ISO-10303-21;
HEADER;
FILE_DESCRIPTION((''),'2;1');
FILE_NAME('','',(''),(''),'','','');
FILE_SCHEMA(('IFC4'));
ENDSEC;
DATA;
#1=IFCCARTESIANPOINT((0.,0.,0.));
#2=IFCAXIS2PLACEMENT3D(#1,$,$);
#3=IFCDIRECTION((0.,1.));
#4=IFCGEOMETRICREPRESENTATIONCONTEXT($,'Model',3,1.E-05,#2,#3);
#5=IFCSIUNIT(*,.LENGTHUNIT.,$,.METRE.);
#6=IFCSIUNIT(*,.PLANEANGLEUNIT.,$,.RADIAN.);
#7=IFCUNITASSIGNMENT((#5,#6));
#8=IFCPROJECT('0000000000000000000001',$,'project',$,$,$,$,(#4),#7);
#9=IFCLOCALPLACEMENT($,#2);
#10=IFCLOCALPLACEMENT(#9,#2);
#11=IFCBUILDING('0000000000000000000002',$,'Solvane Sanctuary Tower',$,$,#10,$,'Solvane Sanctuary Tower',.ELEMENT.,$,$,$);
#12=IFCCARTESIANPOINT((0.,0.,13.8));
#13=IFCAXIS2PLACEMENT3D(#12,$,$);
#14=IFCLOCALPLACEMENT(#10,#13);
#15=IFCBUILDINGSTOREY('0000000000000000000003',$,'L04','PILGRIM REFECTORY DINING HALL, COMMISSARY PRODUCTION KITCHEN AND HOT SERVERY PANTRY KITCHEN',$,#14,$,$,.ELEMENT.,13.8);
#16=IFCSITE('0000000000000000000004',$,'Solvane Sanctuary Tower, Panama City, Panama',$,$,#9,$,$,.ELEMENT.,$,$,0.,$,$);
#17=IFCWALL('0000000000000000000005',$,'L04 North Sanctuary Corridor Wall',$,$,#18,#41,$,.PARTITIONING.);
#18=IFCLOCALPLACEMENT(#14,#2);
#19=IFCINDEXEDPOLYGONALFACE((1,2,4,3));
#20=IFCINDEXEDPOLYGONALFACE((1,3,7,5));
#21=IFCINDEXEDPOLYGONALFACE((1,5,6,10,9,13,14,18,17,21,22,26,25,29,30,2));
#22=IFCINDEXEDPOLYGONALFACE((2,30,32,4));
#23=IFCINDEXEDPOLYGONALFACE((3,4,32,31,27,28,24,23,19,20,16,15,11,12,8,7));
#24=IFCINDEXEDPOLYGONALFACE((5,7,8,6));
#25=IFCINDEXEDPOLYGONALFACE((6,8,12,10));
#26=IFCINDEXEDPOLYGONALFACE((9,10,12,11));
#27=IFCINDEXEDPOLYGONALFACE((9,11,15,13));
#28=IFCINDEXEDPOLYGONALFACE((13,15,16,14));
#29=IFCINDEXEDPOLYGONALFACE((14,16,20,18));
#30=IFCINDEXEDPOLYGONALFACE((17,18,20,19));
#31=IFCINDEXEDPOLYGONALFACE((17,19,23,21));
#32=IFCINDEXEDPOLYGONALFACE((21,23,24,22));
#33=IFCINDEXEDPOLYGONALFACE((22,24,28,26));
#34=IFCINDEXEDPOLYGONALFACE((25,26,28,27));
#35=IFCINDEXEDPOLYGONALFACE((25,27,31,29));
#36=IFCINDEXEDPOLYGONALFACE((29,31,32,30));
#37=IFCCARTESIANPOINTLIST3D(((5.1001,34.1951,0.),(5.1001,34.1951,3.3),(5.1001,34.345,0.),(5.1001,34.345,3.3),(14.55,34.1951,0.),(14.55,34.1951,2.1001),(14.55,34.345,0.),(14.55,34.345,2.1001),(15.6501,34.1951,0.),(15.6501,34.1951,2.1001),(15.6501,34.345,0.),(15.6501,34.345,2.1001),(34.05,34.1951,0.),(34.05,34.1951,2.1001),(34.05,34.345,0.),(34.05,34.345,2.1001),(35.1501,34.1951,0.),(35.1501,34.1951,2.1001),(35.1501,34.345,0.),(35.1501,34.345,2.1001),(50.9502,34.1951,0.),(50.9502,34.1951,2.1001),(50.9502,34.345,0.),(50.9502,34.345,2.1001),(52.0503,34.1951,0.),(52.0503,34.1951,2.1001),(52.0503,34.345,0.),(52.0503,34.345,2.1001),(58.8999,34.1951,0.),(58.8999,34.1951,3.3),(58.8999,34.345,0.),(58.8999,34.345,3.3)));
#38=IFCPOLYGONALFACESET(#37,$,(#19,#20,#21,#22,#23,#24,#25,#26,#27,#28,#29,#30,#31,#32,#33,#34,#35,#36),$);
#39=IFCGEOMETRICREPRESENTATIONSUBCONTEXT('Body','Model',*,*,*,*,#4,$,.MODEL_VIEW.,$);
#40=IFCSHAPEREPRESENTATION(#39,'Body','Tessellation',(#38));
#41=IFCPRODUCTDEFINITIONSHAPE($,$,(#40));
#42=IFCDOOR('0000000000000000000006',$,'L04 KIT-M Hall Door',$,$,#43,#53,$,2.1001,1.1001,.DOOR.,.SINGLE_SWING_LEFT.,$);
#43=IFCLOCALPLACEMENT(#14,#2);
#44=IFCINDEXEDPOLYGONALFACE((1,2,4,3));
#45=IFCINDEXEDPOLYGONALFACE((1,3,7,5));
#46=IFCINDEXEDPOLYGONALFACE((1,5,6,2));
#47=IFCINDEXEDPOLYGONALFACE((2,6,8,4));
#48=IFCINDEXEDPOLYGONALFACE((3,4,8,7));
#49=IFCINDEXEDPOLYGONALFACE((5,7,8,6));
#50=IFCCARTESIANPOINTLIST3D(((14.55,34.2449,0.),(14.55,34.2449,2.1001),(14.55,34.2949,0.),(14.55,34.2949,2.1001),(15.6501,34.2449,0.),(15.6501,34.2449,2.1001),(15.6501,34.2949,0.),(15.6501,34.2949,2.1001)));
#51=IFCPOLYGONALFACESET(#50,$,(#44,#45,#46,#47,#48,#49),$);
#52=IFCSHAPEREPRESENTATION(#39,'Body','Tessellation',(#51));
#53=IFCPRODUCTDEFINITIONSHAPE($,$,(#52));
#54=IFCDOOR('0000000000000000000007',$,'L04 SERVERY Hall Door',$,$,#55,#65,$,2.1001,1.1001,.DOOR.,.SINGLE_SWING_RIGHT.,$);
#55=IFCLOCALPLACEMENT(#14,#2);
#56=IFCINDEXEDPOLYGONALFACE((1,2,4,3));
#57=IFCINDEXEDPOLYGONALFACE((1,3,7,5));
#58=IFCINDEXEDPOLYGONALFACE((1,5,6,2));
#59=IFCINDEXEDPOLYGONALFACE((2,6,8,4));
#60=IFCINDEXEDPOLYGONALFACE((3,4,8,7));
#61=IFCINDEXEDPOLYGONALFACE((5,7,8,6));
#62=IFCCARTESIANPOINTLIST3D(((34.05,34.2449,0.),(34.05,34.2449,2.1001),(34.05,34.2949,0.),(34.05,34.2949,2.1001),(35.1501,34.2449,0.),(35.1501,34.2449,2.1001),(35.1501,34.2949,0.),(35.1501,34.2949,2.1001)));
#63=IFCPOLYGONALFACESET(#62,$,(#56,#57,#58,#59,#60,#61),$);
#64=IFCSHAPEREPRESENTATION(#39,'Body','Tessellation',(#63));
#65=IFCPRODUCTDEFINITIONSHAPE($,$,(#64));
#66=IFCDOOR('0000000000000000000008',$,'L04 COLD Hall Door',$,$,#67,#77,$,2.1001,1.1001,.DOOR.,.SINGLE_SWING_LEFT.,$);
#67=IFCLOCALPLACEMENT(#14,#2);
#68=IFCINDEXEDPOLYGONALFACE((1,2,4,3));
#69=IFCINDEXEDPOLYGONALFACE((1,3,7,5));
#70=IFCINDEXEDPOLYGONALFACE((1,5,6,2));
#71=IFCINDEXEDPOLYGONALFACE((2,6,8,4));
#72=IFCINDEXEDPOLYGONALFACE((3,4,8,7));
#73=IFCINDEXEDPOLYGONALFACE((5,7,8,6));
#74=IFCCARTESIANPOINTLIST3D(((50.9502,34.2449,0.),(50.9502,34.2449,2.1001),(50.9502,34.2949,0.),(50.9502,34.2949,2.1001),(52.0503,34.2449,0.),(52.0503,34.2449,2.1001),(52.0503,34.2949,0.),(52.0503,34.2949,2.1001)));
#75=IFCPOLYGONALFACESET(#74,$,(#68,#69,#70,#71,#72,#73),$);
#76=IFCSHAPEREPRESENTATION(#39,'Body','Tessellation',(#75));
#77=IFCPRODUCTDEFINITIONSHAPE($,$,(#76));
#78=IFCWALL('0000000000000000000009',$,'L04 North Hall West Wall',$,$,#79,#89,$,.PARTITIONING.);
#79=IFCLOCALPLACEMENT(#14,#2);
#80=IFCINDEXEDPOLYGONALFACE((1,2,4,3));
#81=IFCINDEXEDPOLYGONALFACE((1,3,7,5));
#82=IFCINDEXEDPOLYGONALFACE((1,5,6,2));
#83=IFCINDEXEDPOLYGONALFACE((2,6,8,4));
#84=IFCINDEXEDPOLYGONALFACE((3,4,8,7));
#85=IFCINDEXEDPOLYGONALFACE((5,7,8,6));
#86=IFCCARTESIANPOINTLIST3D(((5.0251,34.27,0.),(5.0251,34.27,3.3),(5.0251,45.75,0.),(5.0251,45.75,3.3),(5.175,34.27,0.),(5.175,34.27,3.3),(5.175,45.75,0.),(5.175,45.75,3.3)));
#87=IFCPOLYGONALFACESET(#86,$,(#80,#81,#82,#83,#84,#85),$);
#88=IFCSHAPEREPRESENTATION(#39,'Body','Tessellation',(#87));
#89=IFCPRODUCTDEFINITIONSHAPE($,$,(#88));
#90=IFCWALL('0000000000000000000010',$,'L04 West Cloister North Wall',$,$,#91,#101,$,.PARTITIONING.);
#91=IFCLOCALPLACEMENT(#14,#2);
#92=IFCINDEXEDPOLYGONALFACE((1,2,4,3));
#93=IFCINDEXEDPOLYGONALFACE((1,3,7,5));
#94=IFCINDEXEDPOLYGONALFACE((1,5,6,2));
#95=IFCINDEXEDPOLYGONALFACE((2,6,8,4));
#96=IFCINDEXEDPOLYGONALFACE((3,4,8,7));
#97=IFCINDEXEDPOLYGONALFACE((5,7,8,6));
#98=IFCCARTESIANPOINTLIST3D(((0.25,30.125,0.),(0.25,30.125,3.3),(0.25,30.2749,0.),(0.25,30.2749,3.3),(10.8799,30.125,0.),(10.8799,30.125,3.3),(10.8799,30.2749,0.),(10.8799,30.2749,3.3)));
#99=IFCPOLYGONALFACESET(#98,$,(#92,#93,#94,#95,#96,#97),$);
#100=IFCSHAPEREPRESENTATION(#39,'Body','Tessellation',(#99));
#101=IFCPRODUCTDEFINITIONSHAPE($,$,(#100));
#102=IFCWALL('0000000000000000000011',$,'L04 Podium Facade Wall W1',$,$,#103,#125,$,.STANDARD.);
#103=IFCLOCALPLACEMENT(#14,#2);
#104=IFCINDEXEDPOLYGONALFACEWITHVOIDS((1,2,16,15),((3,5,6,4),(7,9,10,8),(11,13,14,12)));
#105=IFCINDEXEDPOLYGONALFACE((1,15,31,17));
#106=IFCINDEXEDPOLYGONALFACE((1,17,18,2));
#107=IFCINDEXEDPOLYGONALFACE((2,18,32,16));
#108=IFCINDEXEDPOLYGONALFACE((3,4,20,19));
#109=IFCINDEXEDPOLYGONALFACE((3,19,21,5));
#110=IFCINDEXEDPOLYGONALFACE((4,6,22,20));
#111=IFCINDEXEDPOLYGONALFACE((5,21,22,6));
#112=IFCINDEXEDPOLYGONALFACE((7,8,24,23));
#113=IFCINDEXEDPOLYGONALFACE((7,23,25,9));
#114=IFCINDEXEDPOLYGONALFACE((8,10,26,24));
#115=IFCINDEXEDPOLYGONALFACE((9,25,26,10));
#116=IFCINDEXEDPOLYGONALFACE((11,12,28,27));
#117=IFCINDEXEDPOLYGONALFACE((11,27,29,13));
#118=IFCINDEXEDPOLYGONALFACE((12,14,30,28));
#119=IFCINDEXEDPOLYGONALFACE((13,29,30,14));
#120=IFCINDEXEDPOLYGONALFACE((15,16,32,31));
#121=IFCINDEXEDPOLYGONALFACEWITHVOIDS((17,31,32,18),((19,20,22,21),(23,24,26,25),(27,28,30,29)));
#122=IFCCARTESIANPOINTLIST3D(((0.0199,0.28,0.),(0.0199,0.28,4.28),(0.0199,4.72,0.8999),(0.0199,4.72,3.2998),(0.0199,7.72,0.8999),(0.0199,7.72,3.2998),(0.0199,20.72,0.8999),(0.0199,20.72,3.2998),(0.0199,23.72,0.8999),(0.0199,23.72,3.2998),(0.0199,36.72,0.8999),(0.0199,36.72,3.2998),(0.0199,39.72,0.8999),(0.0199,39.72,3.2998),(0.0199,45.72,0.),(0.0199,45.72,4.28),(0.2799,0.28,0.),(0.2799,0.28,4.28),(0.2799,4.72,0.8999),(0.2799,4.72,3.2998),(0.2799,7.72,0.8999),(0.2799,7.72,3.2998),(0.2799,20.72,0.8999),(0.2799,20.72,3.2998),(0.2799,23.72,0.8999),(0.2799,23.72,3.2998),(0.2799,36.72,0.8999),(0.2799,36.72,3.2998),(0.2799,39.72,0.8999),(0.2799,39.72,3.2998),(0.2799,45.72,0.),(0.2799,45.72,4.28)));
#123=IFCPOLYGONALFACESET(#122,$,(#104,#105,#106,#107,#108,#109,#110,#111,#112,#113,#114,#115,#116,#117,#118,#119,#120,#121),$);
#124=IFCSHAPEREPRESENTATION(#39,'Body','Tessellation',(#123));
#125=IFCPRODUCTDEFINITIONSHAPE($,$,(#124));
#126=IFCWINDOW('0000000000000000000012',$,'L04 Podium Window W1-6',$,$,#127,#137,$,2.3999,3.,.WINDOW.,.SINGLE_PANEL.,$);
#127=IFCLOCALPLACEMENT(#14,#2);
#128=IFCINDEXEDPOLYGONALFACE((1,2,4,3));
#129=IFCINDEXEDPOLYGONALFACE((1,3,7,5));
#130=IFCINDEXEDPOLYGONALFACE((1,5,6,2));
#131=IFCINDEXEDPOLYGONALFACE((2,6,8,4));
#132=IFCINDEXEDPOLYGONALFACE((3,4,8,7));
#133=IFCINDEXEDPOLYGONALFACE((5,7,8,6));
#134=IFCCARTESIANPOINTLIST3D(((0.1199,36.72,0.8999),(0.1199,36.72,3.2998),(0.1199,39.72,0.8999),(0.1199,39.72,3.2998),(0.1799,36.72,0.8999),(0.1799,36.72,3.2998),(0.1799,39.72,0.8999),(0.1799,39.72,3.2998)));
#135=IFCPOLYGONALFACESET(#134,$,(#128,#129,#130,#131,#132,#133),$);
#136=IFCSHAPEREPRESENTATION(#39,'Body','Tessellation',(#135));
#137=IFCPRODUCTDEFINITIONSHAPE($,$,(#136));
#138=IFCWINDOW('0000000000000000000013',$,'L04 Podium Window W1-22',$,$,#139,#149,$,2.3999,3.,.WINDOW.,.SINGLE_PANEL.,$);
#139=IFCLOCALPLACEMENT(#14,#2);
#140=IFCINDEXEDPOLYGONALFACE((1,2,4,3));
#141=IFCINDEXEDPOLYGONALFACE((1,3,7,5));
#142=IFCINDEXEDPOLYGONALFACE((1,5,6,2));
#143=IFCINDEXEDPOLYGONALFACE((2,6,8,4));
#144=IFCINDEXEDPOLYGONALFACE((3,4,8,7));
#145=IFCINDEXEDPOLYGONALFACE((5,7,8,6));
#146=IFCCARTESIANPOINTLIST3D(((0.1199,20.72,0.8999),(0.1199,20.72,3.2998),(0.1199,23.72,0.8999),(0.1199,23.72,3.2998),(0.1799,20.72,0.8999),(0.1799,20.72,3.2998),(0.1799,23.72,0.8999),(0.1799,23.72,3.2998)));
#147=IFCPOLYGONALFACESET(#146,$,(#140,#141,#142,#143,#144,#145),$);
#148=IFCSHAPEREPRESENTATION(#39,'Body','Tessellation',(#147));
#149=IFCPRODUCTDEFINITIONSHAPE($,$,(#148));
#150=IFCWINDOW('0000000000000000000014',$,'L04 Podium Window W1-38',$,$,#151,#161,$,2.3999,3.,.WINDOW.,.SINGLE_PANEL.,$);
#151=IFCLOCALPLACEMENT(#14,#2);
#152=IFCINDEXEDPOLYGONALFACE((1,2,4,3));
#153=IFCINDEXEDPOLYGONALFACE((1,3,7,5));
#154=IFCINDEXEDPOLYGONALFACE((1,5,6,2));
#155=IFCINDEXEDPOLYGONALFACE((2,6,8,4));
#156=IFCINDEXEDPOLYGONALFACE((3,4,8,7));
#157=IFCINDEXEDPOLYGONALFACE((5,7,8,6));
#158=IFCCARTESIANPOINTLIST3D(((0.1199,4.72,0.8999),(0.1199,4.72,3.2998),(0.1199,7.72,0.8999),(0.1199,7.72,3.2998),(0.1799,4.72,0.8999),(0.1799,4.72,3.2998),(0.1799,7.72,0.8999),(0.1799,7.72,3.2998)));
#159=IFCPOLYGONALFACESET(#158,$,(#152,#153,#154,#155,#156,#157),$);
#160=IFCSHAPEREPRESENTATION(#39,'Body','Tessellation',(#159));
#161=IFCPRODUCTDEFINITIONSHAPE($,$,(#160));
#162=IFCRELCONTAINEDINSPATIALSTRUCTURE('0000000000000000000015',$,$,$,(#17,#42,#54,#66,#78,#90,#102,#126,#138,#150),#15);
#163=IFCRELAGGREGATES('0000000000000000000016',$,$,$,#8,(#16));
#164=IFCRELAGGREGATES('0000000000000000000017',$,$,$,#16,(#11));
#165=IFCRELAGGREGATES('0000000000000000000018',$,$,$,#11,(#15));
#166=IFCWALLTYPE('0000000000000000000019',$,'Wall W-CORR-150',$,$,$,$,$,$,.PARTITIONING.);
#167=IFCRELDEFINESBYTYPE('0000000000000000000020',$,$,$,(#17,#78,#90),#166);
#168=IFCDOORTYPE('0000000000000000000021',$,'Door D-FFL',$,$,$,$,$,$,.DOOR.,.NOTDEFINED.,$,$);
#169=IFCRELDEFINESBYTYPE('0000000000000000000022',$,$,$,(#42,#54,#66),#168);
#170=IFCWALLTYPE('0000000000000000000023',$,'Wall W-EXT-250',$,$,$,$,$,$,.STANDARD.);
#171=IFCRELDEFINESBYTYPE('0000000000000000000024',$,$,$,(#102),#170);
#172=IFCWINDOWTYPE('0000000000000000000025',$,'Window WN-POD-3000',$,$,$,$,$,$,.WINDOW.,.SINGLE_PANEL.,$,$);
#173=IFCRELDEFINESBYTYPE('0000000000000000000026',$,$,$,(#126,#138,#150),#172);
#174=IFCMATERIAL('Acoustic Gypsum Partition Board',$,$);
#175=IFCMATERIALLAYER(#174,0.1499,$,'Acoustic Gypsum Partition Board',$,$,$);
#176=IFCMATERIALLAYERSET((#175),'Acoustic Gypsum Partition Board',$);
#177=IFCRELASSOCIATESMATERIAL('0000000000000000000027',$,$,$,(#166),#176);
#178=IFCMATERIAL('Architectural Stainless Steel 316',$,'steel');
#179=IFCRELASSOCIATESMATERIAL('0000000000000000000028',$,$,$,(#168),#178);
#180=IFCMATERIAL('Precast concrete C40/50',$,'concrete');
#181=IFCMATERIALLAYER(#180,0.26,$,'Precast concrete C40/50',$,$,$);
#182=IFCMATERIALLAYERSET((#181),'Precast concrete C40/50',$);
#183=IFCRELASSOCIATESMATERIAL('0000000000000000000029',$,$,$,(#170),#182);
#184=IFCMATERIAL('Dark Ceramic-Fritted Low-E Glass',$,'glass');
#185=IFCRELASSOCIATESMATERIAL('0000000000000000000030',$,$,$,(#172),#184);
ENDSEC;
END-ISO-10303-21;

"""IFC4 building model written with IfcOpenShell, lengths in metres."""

from ifc_helpers import new_model, si_unit, direction, frame, frame_2d, origin, place, context, subcontext, project, spatial, rectangle, extrude, material, layer, layer_set, type_object, element, fill, save


model = new_model("IFC4")

# Units and contexts
model_context = context("Model", 3, precision=1e-05, world=origin(), true_north=direction((0.0, 1.0)))
body_context = subcontext(model_context, "Body", "Model", "MODEL_VIEW")
ifc_project = project(units=[si_unit("LENGTHUNIT", "METRE"), si_unit("PLANEANGLEUNIT", "RADIAN")], contexts=[model_context])

# Site, building, storey
site_placement = place(None, origin())
site = spatial("IfcSite", under=ifc_project, at=site_placement, Name="Solvane Sanctuary Tower, Panama City, Panama", CompositionType="ELEMENT", RefElevation=0.0)
building_placement = place(site_placement, origin())
building = spatial("IfcBuilding", under=site, at=building_placement, Name="Solvane Sanctuary Tower", LongName="Solvane Sanctuary Tower", CompositionType="ELEMENT")
storey_placement = place(building_placement, frame((0.0, 0.0, 13.8)))
storey = spatial("IfcBuildingStorey", under=building, at=storey_placement, Name="L04", Description="PILGRIM REFECTORY DINING HALL, COMMISSARY PRODUCTION KITCHEN AND HOT SERVERY PANTRY KITCHEN", CompositionType="ELEMENT", Elevation=13.8)

# Wall, openings, doors
ifc_material_1 = material(Name="Acoustic Gypsum Partition Board")
ifc_layer_1 = layer(ifc_material_1, 0.1499, Name="Acoustic Gypsum Partition Board")
ifc_layer_set_1 = layer_set([ifc_layer_1], Name="Acoustic Gypsum Partition Board")
wall_type_1 = type_object("IfcWallType", Name="Wall W-CORR-150", PredefinedType="PARTITIONING", material=ifc_layer_set_1)
wall_1_placement = place(storey_placement, frame((5.1001, 34.27, 0.0), z_axis=(0.0, 0.0, 1.0), x_axis=(1.0, 0.0, 0.0)))
wall_1 = element("IfcWall", 1, at=wall_1_placement, inside=storey, type_object=wall_type_1, Name="L04 North Sanctuary Corridor Wall", PredefinedType="PARTITIONING", context=body_context, shape_type="SweptSolid", body=[
    extrude(rectangle(XDim=53.7998, YDim=0.1499, at=frame_2d((26.8999, 0.0))), origin(), (0.0, 0.0, 1.0), 3.3),
])
opening_1_placement = place(wall_1_placement, frame((9.45, 0.0, 0.0)))
opening_1 = element("IfcOpeningElement", 2, at=opening_1_placement, cuts=wall_1, PredefinedType="OPENING", context=body_context, shape_type="SweptSolid", body=[
    extrude(rectangle(XDim=1.1001, YDim=2.1001, at=frame_2d((0.55, 1.05))), frame((0.0, 0.085, 0.0), z_axis=(0.0, -1.0, 0.0), x_axis=(1.0, 0.0, 0.0)), (0.0, 0.0, 1.0), 0.1699),
])
opening_2_placement = place(wall_1_placement, frame((28.95, 0.0, 0.0)))
opening_2 = element("IfcOpeningElement", 3, at=opening_2_placement, cuts=wall_1, PredefinedType="OPENING", context=body_context, shape_type="SweptSolid", body=[
    extrude(rectangle(XDim=1.1001, YDim=2.1001, at=frame_2d((0.55, 1.05))), frame((0.0, 0.085, 0.0), z_axis=(0.0, -1.0, 0.0), x_axis=(1.0, 0.0, 0.0)), (0.0, 0.0, 1.0), 0.1699),
])
opening_3_placement = place(wall_1_placement, frame((45.8501, 0.0, 0.0)))
opening_3 = element("IfcOpeningElement", 4, at=opening_3_placement, cuts=wall_1, PredefinedType="OPENING", context=body_context, shape_type="SweptSolid", body=[
    extrude(rectangle(XDim=1.1001, YDim=2.1001, at=frame_2d((0.55, 1.05))), frame((0.0, 0.085, 0.0), z_axis=(0.0, -1.0, 0.0), x_axis=(1.0, 0.0, 0.0)), (0.0, 0.0, 1.0), 0.1699),
])
ifc_material_2 = material(Name="Architectural Stainless Steel 316", Category="steel")
door_type_1 = type_object("IfcDoorType", Name="Door D-FFL", OperationType="NOTDEFINED", PredefinedType="DOOR", material=ifc_material_2)
door_1_placement = place(opening_1_placement, origin())
door_1 = element("IfcDoor", 5, at=door_1_placement, inside=storey, type_object=door_type_1, Name="L04 KIT-M Hall Door", OperationType="SINGLE_SWING_LEFT", OverallHeight=2.1001, OverallWidth=1.1001, PredefinedType="DOOR", context=body_context, shape_type="SweptSolid", body=[
    extrude(rectangle(XDim=1.1001, YDim=2.1001, at=frame_2d((0.55, 1.05))), frame((0.0, 0.0249, 0.0), z_axis=(0.0, -1.0, 0.0), x_axis=(1.0, 0.0, 0.0)), (0.0, 0.0, 1.0), 0.05),
])
fill(opening_1, door_1)
door_2_placement = place(opening_2_placement, origin())
door_2 = element("IfcDoor", 6, at=door_2_placement, inside=storey, type_object=door_type_1, Name="L04 SERVERY Hall Door", OperationType="SINGLE_SWING_RIGHT", OverallHeight=2.1001, OverallWidth=1.1001, PredefinedType="DOOR", context=body_context, shape_type="SweptSolid", body=[
    extrude(rectangle(XDim=1.1001, YDim=2.1001, at=frame_2d((0.55, 1.05))), frame((0.0, 0.0249, 0.0), z_axis=(0.0, -1.0, 0.0), x_axis=(1.0, 0.0, 0.0)), (0.0, 0.0, 1.0), 0.05),
])
fill(opening_2, door_2)
door_3_placement = place(opening_3_placement, origin())
door_3 = element("IfcDoor", 7, at=door_3_placement, inside=storey, type_object=door_type_1, Name="L04 COLD Hall Door", OperationType="SINGLE_SWING_LEFT", OverallHeight=2.1001, OverallWidth=1.1001, PredefinedType="DOOR", context=body_context, shape_type="SweptSolid", body=[
    extrude(rectangle(XDim=1.1001, YDim=2.1001, at=frame_2d((0.55, 1.05))), frame((0.0, 0.0249, 0.0), z_axis=(0.0, -1.0, 0.0), x_axis=(1.0, 0.0, 0.0)), (0.0, 0.0, 1.0), 0.05),
])
fill(opening_3, door_3)

# Walls
wall_2_placement = place(storey_placement, frame((5.1001, 34.27, 0.0), z_axis=(0.0, 0.0, 1.0), x_axis=(0.0, 1.0, 0.0)))
element("IfcWall", 8, at=wall_2_placement, inside=storey, type_object=wall_type_1, Name="L04 North Hall West Wall", PredefinedType="PARTITIONING", context=body_context, shape_type="SweptSolid", body=[
    extrude(rectangle(XDim=11.48, YDim=0.1499, at=frame_2d((5.74, 0.0))), origin(), (0.0, 0.0, 1.0), 3.3),
])
wall_3_placement = place(storey_placement, frame((0.25, 30.2, 0.0), z_axis=(0.0, 0.0, 1.0), x_axis=(1.0, 0.0, 0.0)))
element("IfcWall", 9, at=wall_3_placement, inside=storey, type_object=wall_type_1, Name="L04 West Cloister North Wall", PredefinedType="PARTITIONING", context=body_context, shape_type="SweptSolid", body=[
    extrude(rectangle(XDim=10.6299, YDim=0.1499, at=frame_2d((5.3149, 0.0))), origin(), (0.0, 0.0, 1.0), 3.3),
])

# Wall, openings, windows
ifc_material_3 = material(Name="Precast concrete C40/50", Category="concrete")
ifc_layer_2 = layer(ifc_material_3, 0.26, Name="Precast concrete C40/50")
ifc_layer_set_2 = layer_set([ifc_layer_2], Name="Precast concrete C40/50")
wall_type_2 = type_object("IfcWallType", Name="Wall W-EXT-250", PredefinedType="STANDARD", material=ifc_layer_set_2)
wall_4_placement = place(storey_placement, frame((0.1499, 45.72, 0.0), z_axis=(0.0, 0.0, 1.0), x_axis=(0.0, -1.0, 0.0)))
wall_4 = element("IfcWall", 10, at=wall_4_placement, inside=storey, type_object=wall_type_2, Name="L04 Podium Facade Wall W1", PredefinedType="STANDARD", context=body_context, shape_type="SweptSolid", body=[
    extrude(rectangle(XDim=45.4399, YDim=0.26, at=frame_2d((22.72, 0.0))), origin(), (0.0, 0.0, 1.0), 4.28),
])
opening_4_placement = place(wall_4_placement, frame((6.0, 0.0, 0.8999)))
opening_4 = element("IfcOpeningElement", 11, at=opening_4_placement, cuts=wall_4, PredefinedType="OPENING", context=body_context, shape_type="SweptSolid", body=[
    extrude(rectangle(XDim=3.0, YDim=2.3999, at=frame_2d((1.5, 1.2))), frame((0.0, 0.1399, 0.0), z_axis=(0.0, -1.0, 0.0), x_axis=(1.0, 0.0, 0.0)), (0.0, 0.0, 1.0), 0.28),
])
opening_5_placement = place(wall_4_placement, frame((22.0, 0.0, 0.8999)))
opening_5 = element("IfcOpeningElement", 12, at=opening_5_placement, cuts=wall_4, PredefinedType="OPENING", context=body_context, shape_type="SweptSolid", body=[
    extrude(rectangle(XDim=3.0, YDim=2.3999, at=frame_2d((1.5, 1.2))), frame((0.0, 0.1399, 0.0), z_axis=(0.0, -1.0, 0.0), x_axis=(1.0, 0.0, 0.0)), (0.0, 0.0, 1.0), 0.28),
])
opening_6_placement = place(wall_4_placement, frame((38.0, 0.0, 0.8999)))
opening_6 = element("IfcOpeningElement", 13, at=opening_6_placement, cuts=wall_4, PredefinedType="OPENING", context=body_context, shape_type="SweptSolid", body=[
    extrude(rectangle(XDim=3.0, YDim=2.3999, at=frame_2d((1.5, 1.2))), frame((0.0, 0.1399, 0.0), z_axis=(0.0, -1.0, 0.0), x_axis=(1.0, 0.0, 0.0)), (0.0, 0.0, 1.0), 0.28),
])
ifc_material_4 = material(Name="Dark Ceramic-Fritted Low-E Glass", Category="glass")
window_type = type_object("IfcWindowType", Name="Window WN-POD-3000", PartitioningType="SINGLE_PANEL", PredefinedType="WINDOW", material=ifc_material_4)
window_1_placement = place(opening_4_placement, origin())
window_1 = element("IfcWindow", 14, at=window_1_placement, inside=storey, type_object=window_type, Name="L04 Podium Window W1-6", OverallHeight=2.3999, OverallWidth=3.0, PartitioningType="SINGLE_PANEL", PredefinedType="WINDOW", context=body_context, shape_type="SweptSolid", body=[
    extrude(rectangle(XDim=3.0, YDim=2.3999, at=frame_2d((1.5, 1.2))), frame((0.0, 0.03, 0.0), z_axis=(0.0, -1.0, 0.0), x_axis=(1.0, 0.0, 0.0)), (0.0, 0.0, 1.0), 0.0601),
])
fill(opening_4, window_1)
window_2_placement = place(opening_5_placement, origin())
window_2 = element("IfcWindow", 15, at=window_2_placement, inside=storey, type_object=window_type, Name="L04 Podium Window W1-22", OverallHeight=2.3999, OverallWidth=3.0, PartitioningType="SINGLE_PANEL", PredefinedType="WINDOW", context=body_context, shape_type="SweptSolid", body=[
    extrude(rectangle(XDim=3.0, YDim=2.3999, at=frame_2d((1.5, 1.2))), frame((0.0, 0.03, 0.0), z_axis=(0.0, -1.0, 0.0), x_axis=(1.0, 0.0, 0.0)), (0.0, 0.0, 1.0), 0.0601),
])
fill(opening_5, window_2)
window_3_placement = place(opening_6_placement, origin())
window_3 = element("IfcWindow", 16, at=window_3_placement, inside=storey, type_object=window_type, Name="L04 Podium Window W1-38", OverallHeight=2.3999, OverallWidth=3.0, PartitioningType="SINGLE_PANEL", PredefinedType="WINDOW", context=body_context, shape_type="SweptSolid", body=[
    extrude(rectangle(XDim=3.0, YDim=2.3999, at=frame_2d((1.5, 1.2))), frame((0.0, 0.03, 0.0), z_axis=(0.0, -1.0, 0.0), x_axis=(1.0, 0.0, 0.0)), (0.0, 0.0, 1.0), 0.0601),
])
fill(opening_6, window_3)

save(model, "model.ifc")
